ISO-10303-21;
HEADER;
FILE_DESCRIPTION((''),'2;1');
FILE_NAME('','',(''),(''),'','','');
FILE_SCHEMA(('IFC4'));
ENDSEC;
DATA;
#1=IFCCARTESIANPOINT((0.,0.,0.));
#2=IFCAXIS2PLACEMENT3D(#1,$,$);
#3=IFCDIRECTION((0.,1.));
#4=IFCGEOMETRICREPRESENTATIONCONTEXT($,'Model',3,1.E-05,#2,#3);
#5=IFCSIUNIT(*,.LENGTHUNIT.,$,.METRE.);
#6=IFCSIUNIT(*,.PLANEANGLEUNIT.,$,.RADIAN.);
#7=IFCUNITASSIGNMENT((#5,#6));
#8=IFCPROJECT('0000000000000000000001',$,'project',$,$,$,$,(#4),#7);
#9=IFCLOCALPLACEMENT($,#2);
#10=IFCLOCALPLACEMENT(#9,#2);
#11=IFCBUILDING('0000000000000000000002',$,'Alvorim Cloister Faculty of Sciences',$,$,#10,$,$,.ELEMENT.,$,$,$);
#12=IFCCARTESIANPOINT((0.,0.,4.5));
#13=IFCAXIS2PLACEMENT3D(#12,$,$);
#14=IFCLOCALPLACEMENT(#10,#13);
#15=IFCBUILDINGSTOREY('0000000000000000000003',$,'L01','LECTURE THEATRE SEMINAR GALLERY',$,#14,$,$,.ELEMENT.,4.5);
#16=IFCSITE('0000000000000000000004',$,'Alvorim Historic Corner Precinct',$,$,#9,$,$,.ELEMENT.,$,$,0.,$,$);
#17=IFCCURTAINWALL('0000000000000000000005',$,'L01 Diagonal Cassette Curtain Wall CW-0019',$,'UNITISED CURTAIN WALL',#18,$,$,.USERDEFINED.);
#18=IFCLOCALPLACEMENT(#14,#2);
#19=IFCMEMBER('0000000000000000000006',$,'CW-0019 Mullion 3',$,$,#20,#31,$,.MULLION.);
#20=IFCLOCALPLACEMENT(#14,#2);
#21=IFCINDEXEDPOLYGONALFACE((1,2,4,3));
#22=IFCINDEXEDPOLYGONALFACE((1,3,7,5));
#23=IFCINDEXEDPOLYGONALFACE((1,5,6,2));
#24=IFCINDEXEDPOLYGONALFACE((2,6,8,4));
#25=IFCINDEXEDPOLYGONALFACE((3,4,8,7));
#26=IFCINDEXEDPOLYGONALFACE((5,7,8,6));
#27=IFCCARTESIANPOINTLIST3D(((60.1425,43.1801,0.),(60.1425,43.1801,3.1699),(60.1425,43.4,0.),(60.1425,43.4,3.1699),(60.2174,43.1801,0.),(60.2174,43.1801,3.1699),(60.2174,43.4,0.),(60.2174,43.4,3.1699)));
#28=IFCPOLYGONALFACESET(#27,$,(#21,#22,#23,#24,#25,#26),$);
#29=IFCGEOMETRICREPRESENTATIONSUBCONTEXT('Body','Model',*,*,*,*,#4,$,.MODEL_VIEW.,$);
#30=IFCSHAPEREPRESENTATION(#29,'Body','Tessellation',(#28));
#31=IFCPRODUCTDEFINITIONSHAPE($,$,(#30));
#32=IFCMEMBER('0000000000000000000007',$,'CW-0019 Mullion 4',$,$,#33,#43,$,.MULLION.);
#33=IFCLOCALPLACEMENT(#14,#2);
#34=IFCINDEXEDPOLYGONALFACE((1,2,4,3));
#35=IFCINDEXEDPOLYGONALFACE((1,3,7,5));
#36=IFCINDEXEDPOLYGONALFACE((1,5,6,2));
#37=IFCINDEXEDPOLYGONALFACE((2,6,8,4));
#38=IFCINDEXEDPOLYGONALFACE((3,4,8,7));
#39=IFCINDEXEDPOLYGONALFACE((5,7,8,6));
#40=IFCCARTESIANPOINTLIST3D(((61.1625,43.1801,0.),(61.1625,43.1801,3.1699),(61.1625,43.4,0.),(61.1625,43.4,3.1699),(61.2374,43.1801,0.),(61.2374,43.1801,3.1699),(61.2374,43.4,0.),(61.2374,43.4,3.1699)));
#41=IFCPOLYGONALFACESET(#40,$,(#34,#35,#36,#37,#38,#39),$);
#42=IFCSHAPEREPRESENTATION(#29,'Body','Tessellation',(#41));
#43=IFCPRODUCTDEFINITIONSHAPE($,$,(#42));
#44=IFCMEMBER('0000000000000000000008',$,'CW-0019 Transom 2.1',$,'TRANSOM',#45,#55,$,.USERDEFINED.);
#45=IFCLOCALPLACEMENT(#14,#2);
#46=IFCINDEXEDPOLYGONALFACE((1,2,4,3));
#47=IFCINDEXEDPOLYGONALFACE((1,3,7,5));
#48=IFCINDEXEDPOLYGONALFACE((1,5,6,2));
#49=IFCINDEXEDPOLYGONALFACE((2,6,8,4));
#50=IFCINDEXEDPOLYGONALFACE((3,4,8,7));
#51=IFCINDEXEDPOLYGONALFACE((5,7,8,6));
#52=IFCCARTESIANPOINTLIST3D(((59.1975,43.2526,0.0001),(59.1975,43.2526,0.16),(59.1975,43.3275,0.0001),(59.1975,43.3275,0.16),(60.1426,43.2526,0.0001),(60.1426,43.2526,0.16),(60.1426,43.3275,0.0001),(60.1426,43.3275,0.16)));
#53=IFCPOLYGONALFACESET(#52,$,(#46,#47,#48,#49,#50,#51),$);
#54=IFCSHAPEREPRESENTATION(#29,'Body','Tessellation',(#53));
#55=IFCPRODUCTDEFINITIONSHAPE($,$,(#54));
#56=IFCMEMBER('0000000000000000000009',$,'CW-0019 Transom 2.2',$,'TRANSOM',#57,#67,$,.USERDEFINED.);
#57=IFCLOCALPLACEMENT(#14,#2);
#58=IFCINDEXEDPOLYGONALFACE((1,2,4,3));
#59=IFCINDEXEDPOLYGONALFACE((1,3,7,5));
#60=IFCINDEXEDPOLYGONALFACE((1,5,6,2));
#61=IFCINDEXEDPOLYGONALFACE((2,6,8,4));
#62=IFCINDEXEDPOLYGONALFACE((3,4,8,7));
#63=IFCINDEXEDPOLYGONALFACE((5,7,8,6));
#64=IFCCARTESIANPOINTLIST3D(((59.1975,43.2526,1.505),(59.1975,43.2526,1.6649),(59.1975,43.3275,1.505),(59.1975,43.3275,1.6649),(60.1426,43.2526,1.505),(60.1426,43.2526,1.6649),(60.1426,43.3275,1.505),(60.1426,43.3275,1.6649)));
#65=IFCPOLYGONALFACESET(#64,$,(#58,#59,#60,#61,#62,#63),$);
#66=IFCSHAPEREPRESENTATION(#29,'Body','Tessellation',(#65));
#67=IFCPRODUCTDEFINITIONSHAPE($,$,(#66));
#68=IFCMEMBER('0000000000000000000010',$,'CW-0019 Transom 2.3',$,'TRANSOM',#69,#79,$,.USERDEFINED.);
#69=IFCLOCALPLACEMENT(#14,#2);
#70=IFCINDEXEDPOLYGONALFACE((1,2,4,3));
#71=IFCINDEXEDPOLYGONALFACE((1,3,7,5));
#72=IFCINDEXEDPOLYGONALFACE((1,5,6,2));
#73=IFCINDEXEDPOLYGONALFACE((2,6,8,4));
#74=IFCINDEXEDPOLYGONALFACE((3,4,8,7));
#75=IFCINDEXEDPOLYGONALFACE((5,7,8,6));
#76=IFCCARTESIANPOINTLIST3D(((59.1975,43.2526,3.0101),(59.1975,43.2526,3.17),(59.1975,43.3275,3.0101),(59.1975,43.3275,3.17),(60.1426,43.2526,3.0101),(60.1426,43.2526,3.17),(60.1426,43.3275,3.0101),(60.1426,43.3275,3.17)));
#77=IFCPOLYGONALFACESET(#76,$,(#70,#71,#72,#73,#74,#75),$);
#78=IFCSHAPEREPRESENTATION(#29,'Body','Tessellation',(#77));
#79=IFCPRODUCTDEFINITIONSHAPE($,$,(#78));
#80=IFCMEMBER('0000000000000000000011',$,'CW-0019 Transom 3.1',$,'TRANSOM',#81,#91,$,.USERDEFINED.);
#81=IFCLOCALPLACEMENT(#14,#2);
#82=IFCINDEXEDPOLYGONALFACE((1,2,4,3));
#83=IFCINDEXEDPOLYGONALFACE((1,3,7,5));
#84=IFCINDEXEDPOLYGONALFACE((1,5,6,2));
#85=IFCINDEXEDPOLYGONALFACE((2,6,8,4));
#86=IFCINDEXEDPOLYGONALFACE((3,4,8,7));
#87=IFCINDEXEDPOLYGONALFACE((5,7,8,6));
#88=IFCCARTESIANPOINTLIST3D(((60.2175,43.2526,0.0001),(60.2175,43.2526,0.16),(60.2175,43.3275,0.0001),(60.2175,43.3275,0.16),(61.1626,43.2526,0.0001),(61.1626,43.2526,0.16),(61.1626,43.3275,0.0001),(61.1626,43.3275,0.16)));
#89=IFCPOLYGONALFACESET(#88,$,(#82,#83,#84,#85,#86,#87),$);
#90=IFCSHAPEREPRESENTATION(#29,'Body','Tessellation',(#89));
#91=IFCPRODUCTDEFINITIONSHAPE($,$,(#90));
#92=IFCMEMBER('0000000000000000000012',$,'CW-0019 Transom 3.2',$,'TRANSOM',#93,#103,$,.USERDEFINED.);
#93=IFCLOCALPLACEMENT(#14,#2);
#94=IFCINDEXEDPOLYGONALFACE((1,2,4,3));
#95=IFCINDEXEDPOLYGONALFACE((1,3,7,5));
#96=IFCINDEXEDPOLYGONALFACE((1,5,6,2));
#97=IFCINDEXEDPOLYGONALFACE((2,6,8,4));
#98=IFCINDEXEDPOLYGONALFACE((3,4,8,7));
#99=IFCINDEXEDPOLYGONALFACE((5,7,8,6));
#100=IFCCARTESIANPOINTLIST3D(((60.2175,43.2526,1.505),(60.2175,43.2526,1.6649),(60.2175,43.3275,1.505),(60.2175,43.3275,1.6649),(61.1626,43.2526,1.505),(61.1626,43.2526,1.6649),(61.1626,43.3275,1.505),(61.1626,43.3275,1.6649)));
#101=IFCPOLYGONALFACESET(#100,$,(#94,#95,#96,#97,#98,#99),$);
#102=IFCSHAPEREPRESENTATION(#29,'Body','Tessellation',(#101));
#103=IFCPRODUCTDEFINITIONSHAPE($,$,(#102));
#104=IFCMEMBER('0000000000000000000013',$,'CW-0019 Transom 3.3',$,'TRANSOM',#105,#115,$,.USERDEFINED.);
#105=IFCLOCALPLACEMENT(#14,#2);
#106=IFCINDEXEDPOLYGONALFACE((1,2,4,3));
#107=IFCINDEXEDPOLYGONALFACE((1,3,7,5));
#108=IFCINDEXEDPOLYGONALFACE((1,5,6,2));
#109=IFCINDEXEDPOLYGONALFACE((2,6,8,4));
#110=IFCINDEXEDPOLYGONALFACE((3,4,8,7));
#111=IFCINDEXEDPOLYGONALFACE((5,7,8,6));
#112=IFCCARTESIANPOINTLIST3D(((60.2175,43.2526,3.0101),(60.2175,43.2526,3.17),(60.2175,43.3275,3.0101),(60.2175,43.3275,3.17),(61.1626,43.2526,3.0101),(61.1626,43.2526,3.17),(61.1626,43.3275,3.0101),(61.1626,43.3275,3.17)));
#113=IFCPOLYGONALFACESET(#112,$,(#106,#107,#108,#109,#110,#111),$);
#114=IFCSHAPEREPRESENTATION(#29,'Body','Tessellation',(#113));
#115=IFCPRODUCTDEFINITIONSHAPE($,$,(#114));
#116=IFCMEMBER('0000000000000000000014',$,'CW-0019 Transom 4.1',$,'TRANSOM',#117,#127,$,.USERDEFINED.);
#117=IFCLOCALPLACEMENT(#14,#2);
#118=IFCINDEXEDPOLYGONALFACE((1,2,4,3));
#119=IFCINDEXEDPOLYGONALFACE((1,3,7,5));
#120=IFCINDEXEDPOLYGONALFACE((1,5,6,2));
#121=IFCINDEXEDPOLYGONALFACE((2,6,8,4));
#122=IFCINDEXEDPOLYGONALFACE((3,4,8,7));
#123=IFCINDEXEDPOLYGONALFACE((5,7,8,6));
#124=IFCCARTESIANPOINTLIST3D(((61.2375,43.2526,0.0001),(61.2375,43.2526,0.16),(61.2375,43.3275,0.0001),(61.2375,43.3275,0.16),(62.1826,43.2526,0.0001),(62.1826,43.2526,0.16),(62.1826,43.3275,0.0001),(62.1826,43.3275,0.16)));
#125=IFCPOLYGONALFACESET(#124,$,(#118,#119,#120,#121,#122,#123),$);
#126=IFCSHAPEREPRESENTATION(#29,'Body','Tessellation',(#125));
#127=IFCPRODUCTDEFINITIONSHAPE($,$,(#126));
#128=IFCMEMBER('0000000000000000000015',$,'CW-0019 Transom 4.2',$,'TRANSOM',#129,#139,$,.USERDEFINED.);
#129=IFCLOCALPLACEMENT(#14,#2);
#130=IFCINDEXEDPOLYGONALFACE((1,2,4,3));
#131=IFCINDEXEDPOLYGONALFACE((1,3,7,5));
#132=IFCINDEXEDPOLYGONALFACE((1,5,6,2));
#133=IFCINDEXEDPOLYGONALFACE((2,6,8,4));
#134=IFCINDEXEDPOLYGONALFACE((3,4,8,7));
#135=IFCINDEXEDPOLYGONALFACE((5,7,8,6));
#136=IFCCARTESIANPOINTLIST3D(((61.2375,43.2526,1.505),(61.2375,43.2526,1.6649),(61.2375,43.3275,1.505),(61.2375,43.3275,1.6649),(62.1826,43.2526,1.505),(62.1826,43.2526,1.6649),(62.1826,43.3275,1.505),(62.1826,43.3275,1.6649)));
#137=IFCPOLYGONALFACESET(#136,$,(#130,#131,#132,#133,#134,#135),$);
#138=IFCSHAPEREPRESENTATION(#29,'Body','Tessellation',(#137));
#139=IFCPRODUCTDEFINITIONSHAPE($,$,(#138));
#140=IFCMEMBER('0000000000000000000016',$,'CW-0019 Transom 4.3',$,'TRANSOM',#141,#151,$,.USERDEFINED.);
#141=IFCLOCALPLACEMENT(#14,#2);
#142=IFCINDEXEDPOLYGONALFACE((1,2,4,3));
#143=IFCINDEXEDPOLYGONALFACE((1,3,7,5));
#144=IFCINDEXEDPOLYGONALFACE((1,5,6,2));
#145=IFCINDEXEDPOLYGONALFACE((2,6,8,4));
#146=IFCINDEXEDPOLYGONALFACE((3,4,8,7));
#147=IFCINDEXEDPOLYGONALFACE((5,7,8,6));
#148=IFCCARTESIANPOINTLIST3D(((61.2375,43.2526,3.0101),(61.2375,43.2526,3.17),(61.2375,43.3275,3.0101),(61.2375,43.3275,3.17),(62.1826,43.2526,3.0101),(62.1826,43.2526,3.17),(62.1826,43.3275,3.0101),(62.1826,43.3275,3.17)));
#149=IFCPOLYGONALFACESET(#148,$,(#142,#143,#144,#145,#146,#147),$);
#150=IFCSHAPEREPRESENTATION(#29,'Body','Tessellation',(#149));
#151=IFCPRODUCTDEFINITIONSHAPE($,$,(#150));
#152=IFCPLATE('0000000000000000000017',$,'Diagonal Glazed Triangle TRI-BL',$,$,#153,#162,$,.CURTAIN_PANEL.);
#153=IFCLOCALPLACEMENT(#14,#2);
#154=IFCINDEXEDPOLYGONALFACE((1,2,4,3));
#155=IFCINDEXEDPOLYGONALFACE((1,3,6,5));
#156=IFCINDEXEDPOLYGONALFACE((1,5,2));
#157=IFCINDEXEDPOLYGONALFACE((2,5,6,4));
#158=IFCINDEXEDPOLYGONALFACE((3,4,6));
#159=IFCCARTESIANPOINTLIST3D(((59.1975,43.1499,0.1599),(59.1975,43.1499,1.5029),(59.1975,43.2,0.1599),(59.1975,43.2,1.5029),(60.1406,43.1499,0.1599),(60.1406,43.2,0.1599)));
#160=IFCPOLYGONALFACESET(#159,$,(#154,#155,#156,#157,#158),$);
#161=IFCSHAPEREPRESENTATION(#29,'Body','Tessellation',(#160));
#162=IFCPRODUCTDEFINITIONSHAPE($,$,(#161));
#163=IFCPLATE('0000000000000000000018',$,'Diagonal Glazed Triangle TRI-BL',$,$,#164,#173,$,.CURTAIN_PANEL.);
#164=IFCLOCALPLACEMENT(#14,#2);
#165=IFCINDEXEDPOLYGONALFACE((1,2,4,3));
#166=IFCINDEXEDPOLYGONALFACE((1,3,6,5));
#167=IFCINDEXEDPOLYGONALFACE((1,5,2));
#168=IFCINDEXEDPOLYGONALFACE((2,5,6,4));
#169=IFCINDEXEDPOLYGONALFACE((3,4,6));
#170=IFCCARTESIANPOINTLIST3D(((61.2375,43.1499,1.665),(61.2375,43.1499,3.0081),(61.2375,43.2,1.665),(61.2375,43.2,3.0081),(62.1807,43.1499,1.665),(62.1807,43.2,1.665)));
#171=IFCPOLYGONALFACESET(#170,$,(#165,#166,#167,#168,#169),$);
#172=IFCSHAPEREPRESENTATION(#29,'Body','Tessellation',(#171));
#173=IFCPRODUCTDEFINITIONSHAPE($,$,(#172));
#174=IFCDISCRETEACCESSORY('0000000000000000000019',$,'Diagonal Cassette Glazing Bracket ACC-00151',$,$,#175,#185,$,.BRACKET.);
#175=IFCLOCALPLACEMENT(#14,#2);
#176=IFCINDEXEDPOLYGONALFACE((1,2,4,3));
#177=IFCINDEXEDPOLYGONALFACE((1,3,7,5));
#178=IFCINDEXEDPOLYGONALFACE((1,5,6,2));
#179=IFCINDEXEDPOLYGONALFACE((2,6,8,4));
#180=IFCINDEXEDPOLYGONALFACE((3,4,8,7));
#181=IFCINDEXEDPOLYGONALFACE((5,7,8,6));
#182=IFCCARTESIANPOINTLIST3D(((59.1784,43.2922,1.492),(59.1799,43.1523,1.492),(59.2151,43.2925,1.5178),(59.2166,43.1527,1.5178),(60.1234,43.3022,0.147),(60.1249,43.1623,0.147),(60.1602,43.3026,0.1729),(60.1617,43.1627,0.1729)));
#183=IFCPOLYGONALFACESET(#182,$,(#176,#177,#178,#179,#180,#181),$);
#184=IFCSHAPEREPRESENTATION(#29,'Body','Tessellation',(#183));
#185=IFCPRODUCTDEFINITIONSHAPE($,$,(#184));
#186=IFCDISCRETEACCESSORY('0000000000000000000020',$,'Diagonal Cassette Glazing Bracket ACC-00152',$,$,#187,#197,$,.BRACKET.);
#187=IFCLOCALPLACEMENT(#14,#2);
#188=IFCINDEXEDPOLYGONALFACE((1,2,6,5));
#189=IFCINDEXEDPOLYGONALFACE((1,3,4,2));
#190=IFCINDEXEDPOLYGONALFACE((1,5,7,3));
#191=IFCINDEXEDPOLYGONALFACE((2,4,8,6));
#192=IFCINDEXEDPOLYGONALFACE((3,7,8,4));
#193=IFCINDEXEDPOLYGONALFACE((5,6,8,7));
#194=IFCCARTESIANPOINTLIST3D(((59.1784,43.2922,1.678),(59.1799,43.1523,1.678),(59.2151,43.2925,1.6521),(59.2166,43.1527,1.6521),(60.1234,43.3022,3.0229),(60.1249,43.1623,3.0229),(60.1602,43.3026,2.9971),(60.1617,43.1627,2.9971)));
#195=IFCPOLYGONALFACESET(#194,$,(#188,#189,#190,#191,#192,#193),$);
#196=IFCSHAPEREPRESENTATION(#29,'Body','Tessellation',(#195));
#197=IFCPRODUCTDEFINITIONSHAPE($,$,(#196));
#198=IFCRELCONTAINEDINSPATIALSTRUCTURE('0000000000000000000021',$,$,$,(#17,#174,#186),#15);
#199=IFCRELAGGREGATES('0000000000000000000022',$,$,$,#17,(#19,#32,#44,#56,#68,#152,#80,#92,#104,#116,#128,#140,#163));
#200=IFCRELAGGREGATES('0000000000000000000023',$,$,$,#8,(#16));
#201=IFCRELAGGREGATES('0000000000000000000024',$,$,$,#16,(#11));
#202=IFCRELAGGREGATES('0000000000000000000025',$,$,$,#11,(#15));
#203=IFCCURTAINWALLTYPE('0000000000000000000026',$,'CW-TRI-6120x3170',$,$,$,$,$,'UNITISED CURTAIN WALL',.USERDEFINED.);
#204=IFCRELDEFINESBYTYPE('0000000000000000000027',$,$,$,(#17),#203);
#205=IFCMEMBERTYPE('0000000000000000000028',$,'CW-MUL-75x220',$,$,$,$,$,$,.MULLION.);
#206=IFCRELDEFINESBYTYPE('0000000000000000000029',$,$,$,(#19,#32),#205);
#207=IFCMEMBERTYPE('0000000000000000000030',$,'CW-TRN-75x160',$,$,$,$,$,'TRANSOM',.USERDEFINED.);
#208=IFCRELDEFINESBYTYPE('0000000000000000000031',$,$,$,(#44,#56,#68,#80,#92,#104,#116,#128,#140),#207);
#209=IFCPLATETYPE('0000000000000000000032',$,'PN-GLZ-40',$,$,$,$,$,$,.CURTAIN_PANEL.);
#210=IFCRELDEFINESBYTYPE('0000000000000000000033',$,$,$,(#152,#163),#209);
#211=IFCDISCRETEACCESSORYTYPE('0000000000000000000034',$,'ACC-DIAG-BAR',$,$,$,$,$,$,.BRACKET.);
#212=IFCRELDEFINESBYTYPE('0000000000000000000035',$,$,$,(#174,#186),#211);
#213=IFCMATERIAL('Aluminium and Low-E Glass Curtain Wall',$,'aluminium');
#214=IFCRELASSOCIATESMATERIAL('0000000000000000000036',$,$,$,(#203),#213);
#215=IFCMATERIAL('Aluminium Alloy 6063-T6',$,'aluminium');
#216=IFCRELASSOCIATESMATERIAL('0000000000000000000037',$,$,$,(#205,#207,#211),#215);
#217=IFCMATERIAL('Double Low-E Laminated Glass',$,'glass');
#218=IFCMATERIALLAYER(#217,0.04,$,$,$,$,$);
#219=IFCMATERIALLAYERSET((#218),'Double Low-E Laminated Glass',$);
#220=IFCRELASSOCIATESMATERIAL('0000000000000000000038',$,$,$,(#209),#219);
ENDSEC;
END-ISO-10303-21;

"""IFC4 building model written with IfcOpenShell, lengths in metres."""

from ifc_helpers import new_model, si_unit, direction, frame, origin, origin_2d, place, context, subcontext, project, spatial, polyline, rectangle, outline, extrude, material, layer, layer_set, material_profile, profile_set, type_object, element, aggregate, save


model = new_model("IFC4")

# Units and contexts
model_context = context("Model", 3, precision=1e-05, world=origin(), true_north=direction((0.0, 1.0)))
body_context = subcontext(model_context, "Body", "Model", "MODEL_VIEW")
ifc_project = project(units=[si_unit("LENGTHUNIT", "METRE"), si_unit("PLANEANGLEUNIT", "RADIAN")], contexts=[model_context])

# Site, building, storey
site_placement = place(None, origin())
site = spatial("IfcSite", under=ifc_project, at=site_placement, Name="Alvorim Historic Corner Precinct", CompositionType="ELEMENT", RefElevation=0.0)
building_placement = place(site_placement, origin())
building = spatial("IfcBuilding", under=site, at=building_placement, Name="Alvorim Cloister Faculty of Sciences", CompositionType="ELEMENT")
storey_placement = place(building_placement, frame((0.0, 0.0, 4.5)))
storey = spatial("IfcBuildingStorey", under=building, at=storey_placement, Name="L01", Description="LECTURE THEATRE SEMINAR GALLERY", CompositionType="ELEMENT", Elevation=4.5)

# Curtain wall, members, plates
ifc_material_1 = material(Name="Aluminium and Low-E Glass Curtain Wall", Category="aluminium")
curtain_wall_type = type_object("IfcCurtainWallType", Name="CW-TRI-6120x3170", ElementType="UNITISED CURTAIN WALL", PredefinedType="USERDEFINED", material=ifc_material_1)
curtain_wall_placement = place(storey_placement, origin())
curtain_wall = element("IfcCurtainWall", 1, at=curtain_wall_placement, inside=storey, type_object=curtain_wall_type, Name="L01 Diagonal Cassette Curtain Wall CW-0019", ObjectType="UNITISED CURTAIN WALL", PredefinedType="USERDEFINED")
ifc_material_2 = material(Name="Aluminium Alloy 6063-T6", Category="aluminium")
ifc_material_profile_1 = material_profile(ifc_material_2, rectangle(XDim=0.075, YDim=0.22, at=origin_2d()), Name="ALU-MUL-75x220")
ifc_profile_set_1 = profile_set([ifc_material_profile_1], Name="Aluminium Alloy 6063-T6")
member_type_1 = type_object("IfcMemberType", Name="CW-MUL-75x220", PredefinedType="MULLION", material=ifc_profile_set_1)
member_1_placement = place(storey_placement, frame((60.1799, 43.29, 0.0), z_axis=(0.0, 0.0, 1.0), x_axis=(1.0, 0.0, 0.0)))
member_1 = element("IfcMember", 2, at=member_1_placement, type_object=member_type_1, Name="CW-0019 Mullion 3", PredefinedType="MULLION", context=body_context, shape_type="SweptSolid", body=[
    extrude(rectangle(XDim=0.075, YDim=0.22, at=origin_2d()), origin(), (0.0, 0.0, 1.0), 3.1699),
])
member_2_placement = place(storey_placement, frame((61.2, 43.29, 0.0), z_axis=(0.0, 0.0, 1.0), x_axis=(1.0, 0.0, 0.0)))
member_2 = element("IfcMember", 3, at=member_2_placement, type_object=member_type_1, Name="CW-0019 Mullion 4", PredefinedType="MULLION", context=body_context, shape_type="SweptSolid", body=[
    extrude(rectangle(XDim=0.075, YDim=0.22, at=origin_2d()), origin(), (0.0, 0.0, 1.0), 3.1699),
])
ifc_material_profile_2 = material_profile(ifc_material_2, rectangle(XDim=0.075, YDim=0.1599, at=origin_2d()), Name="ALU-TRN-75x160")
ifc_profile_set_2 = profile_set([ifc_material_profile_2], Name="Aluminium Alloy 6063-T6")
member_type_2 = type_object("IfcMemberType", Name="CW-TRN-75x160", ElementType="TRANSOM", PredefinedType="USERDEFINED", material=ifc_profile_set_2)
member_3_placement = place(storey_placement, frame((59.1975, 43.29, 0.0801), z_axis=(1.0, 0.0, 0.0), x_axis=(0.0, 1.0, 0.0)))
member_3 = element("IfcMember", 4, at=member_3_placement, type_object=member_type_2, Name="CW-0019 Transom 2.1", ObjectType="TRANSOM", PredefinedType="USERDEFINED", context=body_context, shape_type="SweptSolid", body=[
    extrude(rectangle(XDim=0.075, YDim=0.1599, at=origin_2d()), origin(), (0.0, 0.0, 1.0), 0.9451),
])
member_4_placement = place(storey_placement, frame((59.1975, 43.29, 1.585), z_axis=(1.0, 0.0, 0.0), x_axis=(0.0, 1.0, 0.0)))
member_4 = element("IfcMember", 5, at=member_4_placement, type_object=member_type_2, Name="CW-0019 Transom 2.2", ObjectType="TRANSOM", PredefinedType="USERDEFINED", context=body_context, shape_type="SweptSolid", body=[
    extrude(rectangle(XDim=0.075, YDim=0.1599, at=origin_2d()), origin(), (0.0, 0.0, 1.0), 0.9451),
])
member_5_placement = place(storey_placement, frame((59.1975, 43.29, 3.0901), z_axis=(1.0, 0.0, 0.0), x_axis=(0.0, 1.0, 0.0)))
member_5 = element("IfcMember", 6, at=member_5_placement, type_object=member_type_2, Name="CW-0019 Transom 2.3", ObjectType="TRANSOM", PredefinedType="USERDEFINED", context=body_context, shape_type="SweptSolid", body=[
    extrude(rectangle(XDim=0.075, YDim=0.1599, at=origin_2d()), origin(), (0.0, 0.0, 1.0), 0.9451),
])
member_6_placement = place(storey_placement, frame((60.2175, 43.29, 0.0801), z_axis=(1.0, 0.0, 0.0), x_axis=(0.0, 1.0, 0.0)))
member_6 = element("IfcMember", 7, at=member_6_placement, type_object=member_type_2, Name="CW-0019 Transom 3.1", ObjectType="TRANSOM", PredefinedType="USERDEFINED", context=body_context, shape_type="SweptSolid", body=[
    extrude(rectangle(XDim=0.075, YDim=0.1599, at=origin_2d()), origin(), (0.0, 0.0, 1.0), 0.9451),
])
member_7_placement = place(storey_placement, frame((60.2175, 43.29, 1.585), z_axis=(1.0, 0.0, 0.0), x_axis=(0.0, 1.0, 0.0)))
member_7 = element("IfcMember", 8, at=member_7_placement, type_object=member_type_2, Name="CW-0019 Transom 3.2", ObjectType="TRANSOM", PredefinedType="USERDEFINED", context=body_context, shape_type="SweptSolid", body=[
    extrude(rectangle(XDim=0.075, YDim=0.1599, at=origin_2d()), origin(), (0.0, 0.0, 1.0), 0.9451),
])
member_8_placement = place(storey_placement, frame((60.2175, 43.29, 3.0901), z_axis=(1.0, 0.0, 0.0), x_axis=(0.0, 1.0, 0.0)))
member_8 = element("IfcMember", 9, at=member_8_placement, type_object=member_type_2, Name="CW-0019 Transom 3.3", ObjectType="TRANSOM", PredefinedType="USERDEFINED", context=body_context, shape_type="SweptSolid", body=[
    extrude(rectangle(XDim=0.075, YDim=0.1599, at=origin_2d()), origin(), (0.0, 0.0, 1.0), 0.9451),
])
member_9_placement = place(storey_placement, frame((61.2375, 43.29, 0.0801), z_axis=(1.0, 0.0, 0.0), x_axis=(0.0, 1.0, 0.0)))
member_9 = element("IfcMember", 10, at=member_9_placement, type_object=member_type_2, Name="CW-0019 Transom 4.1", ObjectType="TRANSOM", PredefinedType="USERDEFINED", context=body_context, shape_type="SweptSolid", body=[
    extrude(rectangle(XDim=0.075, YDim=0.1599, at=origin_2d()), origin(), (0.0, 0.0, 1.0), 0.9451),
])
member_10_placement = place(storey_placement, frame((61.2375, 43.29, 1.585), z_axis=(1.0, 0.0, 0.0), x_axis=(0.0, 1.0, 0.0)))
member_10 = element("IfcMember", 11, at=member_10_placement, type_object=member_type_2, Name="CW-0019 Transom 4.2", ObjectType="TRANSOM", PredefinedType="USERDEFINED", context=body_context, shape_type="SweptSolid", body=[
    extrude(rectangle(XDim=0.075, YDim=0.1599, at=origin_2d()), origin(), (0.0, 0.0, 1.0), 0.9451),
])
member_11_placement = place(storey_placement, frame((61.2375, 43.29, 3.0901), z_axis=(1.0, 0.0, 0.0), x_axis=(0.0, 1.0, 0.0)))
member_11 = element("IfcMember", 12, at=member_11_placement, type_object=member_type_2, Name="CW-0019 Transom 4.3", ObjectType="TRANSOM", PredefinedType="USERDEFINED", context=body_context, shape_type="SweptSolid", body=[
    extrude(rectangle(XDim=0.075, YDim=0.1599, at=origin_2d()), origin(), (0.0, 0.0, 1.0), 0.9451),
])
ifc_material_3 = material(Name="Double Low-E Laminated Glass", Category="glass")
ifc_layer = layer(ifc_material_3, 0.04)
ifc_layer_set = layer_set([ifc_layer], Name="Double Low-E Laminated Glass")
plate_type = type_object("IfcPlateType", Name="PN-GLZ-40", PredefinedType="CURTAIN_PANEL", material=ifc_layer_set)
plate_1_placement = place(storey_placement, frame((59.1975, 43.175, 0.1599), z_axis=(0.0, 0.0, 1.0), x_axis=(1.0, 0.0, 0.0)))
plate_1 = element("IfcPlate", 13, at=plate_1_placement, type_object=plate_type, Name="Diagonal Glazed Triangle TRI-BL", PredefinedType="CURTAIN_PANEL", context=body_context, shape_type="SweptSolid", body=[
    extrude(outline(polyline([(0.0, 0.0), (0.9431, 0.0), (0.0, 1.343), (0.0, 0.0)])), frame((0.0, 0.0249, 0.0), z_axis=(0.0, -1.0, 0.0), x_axis=(1.0, 0.0, 0.0)), (0.0, 0.0, 1.0), 0.05),
])
plate_2_placement = place(storey_placement, frame((61.2375, 43.175, 1.665), z_axis=(0.0, 0.0, 1.0), x_axis=(1.0, 0.0, 0.0)))
plate_2 = element("IfcPlate", 14, at=plate_2_placement, type_object=plate_type, Name="Diagonal Glazed Triangle TRI-BL", PredefinedType="CURTAIN_PANEL", context=body_context, shape_type="SweptSolid", body=[
    extrude(outline(polyline([(0.0, 0.0), (0.9431, 0.0), (0.0, 1.343), (0.0, 0.0)])), frame((0.0, 0.0249, 0.0), z_axis=(0.0, -1.0, 0.0), x_axis=(1.0, 0.0, 0.0)), (0.0, 0.0, 1.0), 0.05),
])
aggregate(curtain_wall, [member_1, member_2, member_3, member_4, member_5, plate_1, member_6, member_7, member_8, member_9, member_10, member_11, plate_2])

# Discrete accessories
discrete_accessory_type = type_object("IfcDiscreteAccessoryType", Name="ACC-DIAG-BAR", PredefinedType="BRACKET", material=ifc_material_2)
for number, where, z_axis, x_axis, name in (
    (15, (59.1975, 43.2224, 1.5049), (0.574916, 0.006089, -0.81819), (-0.010591, 0.999944, 0.0), "Diagonal Cassette Glazing Bracket ACC-00151"),
    (16, (59.1975, 43.2224, 1.665), (0.574916, 0.006089, 0.81819), (-0.010591, 0.999944, 0.0), "Diagonal Cassette Glazing Bracket ACC-00152"),
):
    element("IfcDiscreteAccessory", number, at=place(storey_placement, frame(where, z_axis=z_axis, x_axis=x_axis)), inside=storey, type_object=discrete_accessory_type, Name=name, PredefinedType="BRACKET", context=body_context, shape_type="SweptSolid", body=[
        extrude(rectangle(XDim=0.1399, YDim=0.0449, at=origin_2d()), origin(), (0.0, 0.0, 1.0), 1.6438),
    ])

save(model, "model.ifc")
